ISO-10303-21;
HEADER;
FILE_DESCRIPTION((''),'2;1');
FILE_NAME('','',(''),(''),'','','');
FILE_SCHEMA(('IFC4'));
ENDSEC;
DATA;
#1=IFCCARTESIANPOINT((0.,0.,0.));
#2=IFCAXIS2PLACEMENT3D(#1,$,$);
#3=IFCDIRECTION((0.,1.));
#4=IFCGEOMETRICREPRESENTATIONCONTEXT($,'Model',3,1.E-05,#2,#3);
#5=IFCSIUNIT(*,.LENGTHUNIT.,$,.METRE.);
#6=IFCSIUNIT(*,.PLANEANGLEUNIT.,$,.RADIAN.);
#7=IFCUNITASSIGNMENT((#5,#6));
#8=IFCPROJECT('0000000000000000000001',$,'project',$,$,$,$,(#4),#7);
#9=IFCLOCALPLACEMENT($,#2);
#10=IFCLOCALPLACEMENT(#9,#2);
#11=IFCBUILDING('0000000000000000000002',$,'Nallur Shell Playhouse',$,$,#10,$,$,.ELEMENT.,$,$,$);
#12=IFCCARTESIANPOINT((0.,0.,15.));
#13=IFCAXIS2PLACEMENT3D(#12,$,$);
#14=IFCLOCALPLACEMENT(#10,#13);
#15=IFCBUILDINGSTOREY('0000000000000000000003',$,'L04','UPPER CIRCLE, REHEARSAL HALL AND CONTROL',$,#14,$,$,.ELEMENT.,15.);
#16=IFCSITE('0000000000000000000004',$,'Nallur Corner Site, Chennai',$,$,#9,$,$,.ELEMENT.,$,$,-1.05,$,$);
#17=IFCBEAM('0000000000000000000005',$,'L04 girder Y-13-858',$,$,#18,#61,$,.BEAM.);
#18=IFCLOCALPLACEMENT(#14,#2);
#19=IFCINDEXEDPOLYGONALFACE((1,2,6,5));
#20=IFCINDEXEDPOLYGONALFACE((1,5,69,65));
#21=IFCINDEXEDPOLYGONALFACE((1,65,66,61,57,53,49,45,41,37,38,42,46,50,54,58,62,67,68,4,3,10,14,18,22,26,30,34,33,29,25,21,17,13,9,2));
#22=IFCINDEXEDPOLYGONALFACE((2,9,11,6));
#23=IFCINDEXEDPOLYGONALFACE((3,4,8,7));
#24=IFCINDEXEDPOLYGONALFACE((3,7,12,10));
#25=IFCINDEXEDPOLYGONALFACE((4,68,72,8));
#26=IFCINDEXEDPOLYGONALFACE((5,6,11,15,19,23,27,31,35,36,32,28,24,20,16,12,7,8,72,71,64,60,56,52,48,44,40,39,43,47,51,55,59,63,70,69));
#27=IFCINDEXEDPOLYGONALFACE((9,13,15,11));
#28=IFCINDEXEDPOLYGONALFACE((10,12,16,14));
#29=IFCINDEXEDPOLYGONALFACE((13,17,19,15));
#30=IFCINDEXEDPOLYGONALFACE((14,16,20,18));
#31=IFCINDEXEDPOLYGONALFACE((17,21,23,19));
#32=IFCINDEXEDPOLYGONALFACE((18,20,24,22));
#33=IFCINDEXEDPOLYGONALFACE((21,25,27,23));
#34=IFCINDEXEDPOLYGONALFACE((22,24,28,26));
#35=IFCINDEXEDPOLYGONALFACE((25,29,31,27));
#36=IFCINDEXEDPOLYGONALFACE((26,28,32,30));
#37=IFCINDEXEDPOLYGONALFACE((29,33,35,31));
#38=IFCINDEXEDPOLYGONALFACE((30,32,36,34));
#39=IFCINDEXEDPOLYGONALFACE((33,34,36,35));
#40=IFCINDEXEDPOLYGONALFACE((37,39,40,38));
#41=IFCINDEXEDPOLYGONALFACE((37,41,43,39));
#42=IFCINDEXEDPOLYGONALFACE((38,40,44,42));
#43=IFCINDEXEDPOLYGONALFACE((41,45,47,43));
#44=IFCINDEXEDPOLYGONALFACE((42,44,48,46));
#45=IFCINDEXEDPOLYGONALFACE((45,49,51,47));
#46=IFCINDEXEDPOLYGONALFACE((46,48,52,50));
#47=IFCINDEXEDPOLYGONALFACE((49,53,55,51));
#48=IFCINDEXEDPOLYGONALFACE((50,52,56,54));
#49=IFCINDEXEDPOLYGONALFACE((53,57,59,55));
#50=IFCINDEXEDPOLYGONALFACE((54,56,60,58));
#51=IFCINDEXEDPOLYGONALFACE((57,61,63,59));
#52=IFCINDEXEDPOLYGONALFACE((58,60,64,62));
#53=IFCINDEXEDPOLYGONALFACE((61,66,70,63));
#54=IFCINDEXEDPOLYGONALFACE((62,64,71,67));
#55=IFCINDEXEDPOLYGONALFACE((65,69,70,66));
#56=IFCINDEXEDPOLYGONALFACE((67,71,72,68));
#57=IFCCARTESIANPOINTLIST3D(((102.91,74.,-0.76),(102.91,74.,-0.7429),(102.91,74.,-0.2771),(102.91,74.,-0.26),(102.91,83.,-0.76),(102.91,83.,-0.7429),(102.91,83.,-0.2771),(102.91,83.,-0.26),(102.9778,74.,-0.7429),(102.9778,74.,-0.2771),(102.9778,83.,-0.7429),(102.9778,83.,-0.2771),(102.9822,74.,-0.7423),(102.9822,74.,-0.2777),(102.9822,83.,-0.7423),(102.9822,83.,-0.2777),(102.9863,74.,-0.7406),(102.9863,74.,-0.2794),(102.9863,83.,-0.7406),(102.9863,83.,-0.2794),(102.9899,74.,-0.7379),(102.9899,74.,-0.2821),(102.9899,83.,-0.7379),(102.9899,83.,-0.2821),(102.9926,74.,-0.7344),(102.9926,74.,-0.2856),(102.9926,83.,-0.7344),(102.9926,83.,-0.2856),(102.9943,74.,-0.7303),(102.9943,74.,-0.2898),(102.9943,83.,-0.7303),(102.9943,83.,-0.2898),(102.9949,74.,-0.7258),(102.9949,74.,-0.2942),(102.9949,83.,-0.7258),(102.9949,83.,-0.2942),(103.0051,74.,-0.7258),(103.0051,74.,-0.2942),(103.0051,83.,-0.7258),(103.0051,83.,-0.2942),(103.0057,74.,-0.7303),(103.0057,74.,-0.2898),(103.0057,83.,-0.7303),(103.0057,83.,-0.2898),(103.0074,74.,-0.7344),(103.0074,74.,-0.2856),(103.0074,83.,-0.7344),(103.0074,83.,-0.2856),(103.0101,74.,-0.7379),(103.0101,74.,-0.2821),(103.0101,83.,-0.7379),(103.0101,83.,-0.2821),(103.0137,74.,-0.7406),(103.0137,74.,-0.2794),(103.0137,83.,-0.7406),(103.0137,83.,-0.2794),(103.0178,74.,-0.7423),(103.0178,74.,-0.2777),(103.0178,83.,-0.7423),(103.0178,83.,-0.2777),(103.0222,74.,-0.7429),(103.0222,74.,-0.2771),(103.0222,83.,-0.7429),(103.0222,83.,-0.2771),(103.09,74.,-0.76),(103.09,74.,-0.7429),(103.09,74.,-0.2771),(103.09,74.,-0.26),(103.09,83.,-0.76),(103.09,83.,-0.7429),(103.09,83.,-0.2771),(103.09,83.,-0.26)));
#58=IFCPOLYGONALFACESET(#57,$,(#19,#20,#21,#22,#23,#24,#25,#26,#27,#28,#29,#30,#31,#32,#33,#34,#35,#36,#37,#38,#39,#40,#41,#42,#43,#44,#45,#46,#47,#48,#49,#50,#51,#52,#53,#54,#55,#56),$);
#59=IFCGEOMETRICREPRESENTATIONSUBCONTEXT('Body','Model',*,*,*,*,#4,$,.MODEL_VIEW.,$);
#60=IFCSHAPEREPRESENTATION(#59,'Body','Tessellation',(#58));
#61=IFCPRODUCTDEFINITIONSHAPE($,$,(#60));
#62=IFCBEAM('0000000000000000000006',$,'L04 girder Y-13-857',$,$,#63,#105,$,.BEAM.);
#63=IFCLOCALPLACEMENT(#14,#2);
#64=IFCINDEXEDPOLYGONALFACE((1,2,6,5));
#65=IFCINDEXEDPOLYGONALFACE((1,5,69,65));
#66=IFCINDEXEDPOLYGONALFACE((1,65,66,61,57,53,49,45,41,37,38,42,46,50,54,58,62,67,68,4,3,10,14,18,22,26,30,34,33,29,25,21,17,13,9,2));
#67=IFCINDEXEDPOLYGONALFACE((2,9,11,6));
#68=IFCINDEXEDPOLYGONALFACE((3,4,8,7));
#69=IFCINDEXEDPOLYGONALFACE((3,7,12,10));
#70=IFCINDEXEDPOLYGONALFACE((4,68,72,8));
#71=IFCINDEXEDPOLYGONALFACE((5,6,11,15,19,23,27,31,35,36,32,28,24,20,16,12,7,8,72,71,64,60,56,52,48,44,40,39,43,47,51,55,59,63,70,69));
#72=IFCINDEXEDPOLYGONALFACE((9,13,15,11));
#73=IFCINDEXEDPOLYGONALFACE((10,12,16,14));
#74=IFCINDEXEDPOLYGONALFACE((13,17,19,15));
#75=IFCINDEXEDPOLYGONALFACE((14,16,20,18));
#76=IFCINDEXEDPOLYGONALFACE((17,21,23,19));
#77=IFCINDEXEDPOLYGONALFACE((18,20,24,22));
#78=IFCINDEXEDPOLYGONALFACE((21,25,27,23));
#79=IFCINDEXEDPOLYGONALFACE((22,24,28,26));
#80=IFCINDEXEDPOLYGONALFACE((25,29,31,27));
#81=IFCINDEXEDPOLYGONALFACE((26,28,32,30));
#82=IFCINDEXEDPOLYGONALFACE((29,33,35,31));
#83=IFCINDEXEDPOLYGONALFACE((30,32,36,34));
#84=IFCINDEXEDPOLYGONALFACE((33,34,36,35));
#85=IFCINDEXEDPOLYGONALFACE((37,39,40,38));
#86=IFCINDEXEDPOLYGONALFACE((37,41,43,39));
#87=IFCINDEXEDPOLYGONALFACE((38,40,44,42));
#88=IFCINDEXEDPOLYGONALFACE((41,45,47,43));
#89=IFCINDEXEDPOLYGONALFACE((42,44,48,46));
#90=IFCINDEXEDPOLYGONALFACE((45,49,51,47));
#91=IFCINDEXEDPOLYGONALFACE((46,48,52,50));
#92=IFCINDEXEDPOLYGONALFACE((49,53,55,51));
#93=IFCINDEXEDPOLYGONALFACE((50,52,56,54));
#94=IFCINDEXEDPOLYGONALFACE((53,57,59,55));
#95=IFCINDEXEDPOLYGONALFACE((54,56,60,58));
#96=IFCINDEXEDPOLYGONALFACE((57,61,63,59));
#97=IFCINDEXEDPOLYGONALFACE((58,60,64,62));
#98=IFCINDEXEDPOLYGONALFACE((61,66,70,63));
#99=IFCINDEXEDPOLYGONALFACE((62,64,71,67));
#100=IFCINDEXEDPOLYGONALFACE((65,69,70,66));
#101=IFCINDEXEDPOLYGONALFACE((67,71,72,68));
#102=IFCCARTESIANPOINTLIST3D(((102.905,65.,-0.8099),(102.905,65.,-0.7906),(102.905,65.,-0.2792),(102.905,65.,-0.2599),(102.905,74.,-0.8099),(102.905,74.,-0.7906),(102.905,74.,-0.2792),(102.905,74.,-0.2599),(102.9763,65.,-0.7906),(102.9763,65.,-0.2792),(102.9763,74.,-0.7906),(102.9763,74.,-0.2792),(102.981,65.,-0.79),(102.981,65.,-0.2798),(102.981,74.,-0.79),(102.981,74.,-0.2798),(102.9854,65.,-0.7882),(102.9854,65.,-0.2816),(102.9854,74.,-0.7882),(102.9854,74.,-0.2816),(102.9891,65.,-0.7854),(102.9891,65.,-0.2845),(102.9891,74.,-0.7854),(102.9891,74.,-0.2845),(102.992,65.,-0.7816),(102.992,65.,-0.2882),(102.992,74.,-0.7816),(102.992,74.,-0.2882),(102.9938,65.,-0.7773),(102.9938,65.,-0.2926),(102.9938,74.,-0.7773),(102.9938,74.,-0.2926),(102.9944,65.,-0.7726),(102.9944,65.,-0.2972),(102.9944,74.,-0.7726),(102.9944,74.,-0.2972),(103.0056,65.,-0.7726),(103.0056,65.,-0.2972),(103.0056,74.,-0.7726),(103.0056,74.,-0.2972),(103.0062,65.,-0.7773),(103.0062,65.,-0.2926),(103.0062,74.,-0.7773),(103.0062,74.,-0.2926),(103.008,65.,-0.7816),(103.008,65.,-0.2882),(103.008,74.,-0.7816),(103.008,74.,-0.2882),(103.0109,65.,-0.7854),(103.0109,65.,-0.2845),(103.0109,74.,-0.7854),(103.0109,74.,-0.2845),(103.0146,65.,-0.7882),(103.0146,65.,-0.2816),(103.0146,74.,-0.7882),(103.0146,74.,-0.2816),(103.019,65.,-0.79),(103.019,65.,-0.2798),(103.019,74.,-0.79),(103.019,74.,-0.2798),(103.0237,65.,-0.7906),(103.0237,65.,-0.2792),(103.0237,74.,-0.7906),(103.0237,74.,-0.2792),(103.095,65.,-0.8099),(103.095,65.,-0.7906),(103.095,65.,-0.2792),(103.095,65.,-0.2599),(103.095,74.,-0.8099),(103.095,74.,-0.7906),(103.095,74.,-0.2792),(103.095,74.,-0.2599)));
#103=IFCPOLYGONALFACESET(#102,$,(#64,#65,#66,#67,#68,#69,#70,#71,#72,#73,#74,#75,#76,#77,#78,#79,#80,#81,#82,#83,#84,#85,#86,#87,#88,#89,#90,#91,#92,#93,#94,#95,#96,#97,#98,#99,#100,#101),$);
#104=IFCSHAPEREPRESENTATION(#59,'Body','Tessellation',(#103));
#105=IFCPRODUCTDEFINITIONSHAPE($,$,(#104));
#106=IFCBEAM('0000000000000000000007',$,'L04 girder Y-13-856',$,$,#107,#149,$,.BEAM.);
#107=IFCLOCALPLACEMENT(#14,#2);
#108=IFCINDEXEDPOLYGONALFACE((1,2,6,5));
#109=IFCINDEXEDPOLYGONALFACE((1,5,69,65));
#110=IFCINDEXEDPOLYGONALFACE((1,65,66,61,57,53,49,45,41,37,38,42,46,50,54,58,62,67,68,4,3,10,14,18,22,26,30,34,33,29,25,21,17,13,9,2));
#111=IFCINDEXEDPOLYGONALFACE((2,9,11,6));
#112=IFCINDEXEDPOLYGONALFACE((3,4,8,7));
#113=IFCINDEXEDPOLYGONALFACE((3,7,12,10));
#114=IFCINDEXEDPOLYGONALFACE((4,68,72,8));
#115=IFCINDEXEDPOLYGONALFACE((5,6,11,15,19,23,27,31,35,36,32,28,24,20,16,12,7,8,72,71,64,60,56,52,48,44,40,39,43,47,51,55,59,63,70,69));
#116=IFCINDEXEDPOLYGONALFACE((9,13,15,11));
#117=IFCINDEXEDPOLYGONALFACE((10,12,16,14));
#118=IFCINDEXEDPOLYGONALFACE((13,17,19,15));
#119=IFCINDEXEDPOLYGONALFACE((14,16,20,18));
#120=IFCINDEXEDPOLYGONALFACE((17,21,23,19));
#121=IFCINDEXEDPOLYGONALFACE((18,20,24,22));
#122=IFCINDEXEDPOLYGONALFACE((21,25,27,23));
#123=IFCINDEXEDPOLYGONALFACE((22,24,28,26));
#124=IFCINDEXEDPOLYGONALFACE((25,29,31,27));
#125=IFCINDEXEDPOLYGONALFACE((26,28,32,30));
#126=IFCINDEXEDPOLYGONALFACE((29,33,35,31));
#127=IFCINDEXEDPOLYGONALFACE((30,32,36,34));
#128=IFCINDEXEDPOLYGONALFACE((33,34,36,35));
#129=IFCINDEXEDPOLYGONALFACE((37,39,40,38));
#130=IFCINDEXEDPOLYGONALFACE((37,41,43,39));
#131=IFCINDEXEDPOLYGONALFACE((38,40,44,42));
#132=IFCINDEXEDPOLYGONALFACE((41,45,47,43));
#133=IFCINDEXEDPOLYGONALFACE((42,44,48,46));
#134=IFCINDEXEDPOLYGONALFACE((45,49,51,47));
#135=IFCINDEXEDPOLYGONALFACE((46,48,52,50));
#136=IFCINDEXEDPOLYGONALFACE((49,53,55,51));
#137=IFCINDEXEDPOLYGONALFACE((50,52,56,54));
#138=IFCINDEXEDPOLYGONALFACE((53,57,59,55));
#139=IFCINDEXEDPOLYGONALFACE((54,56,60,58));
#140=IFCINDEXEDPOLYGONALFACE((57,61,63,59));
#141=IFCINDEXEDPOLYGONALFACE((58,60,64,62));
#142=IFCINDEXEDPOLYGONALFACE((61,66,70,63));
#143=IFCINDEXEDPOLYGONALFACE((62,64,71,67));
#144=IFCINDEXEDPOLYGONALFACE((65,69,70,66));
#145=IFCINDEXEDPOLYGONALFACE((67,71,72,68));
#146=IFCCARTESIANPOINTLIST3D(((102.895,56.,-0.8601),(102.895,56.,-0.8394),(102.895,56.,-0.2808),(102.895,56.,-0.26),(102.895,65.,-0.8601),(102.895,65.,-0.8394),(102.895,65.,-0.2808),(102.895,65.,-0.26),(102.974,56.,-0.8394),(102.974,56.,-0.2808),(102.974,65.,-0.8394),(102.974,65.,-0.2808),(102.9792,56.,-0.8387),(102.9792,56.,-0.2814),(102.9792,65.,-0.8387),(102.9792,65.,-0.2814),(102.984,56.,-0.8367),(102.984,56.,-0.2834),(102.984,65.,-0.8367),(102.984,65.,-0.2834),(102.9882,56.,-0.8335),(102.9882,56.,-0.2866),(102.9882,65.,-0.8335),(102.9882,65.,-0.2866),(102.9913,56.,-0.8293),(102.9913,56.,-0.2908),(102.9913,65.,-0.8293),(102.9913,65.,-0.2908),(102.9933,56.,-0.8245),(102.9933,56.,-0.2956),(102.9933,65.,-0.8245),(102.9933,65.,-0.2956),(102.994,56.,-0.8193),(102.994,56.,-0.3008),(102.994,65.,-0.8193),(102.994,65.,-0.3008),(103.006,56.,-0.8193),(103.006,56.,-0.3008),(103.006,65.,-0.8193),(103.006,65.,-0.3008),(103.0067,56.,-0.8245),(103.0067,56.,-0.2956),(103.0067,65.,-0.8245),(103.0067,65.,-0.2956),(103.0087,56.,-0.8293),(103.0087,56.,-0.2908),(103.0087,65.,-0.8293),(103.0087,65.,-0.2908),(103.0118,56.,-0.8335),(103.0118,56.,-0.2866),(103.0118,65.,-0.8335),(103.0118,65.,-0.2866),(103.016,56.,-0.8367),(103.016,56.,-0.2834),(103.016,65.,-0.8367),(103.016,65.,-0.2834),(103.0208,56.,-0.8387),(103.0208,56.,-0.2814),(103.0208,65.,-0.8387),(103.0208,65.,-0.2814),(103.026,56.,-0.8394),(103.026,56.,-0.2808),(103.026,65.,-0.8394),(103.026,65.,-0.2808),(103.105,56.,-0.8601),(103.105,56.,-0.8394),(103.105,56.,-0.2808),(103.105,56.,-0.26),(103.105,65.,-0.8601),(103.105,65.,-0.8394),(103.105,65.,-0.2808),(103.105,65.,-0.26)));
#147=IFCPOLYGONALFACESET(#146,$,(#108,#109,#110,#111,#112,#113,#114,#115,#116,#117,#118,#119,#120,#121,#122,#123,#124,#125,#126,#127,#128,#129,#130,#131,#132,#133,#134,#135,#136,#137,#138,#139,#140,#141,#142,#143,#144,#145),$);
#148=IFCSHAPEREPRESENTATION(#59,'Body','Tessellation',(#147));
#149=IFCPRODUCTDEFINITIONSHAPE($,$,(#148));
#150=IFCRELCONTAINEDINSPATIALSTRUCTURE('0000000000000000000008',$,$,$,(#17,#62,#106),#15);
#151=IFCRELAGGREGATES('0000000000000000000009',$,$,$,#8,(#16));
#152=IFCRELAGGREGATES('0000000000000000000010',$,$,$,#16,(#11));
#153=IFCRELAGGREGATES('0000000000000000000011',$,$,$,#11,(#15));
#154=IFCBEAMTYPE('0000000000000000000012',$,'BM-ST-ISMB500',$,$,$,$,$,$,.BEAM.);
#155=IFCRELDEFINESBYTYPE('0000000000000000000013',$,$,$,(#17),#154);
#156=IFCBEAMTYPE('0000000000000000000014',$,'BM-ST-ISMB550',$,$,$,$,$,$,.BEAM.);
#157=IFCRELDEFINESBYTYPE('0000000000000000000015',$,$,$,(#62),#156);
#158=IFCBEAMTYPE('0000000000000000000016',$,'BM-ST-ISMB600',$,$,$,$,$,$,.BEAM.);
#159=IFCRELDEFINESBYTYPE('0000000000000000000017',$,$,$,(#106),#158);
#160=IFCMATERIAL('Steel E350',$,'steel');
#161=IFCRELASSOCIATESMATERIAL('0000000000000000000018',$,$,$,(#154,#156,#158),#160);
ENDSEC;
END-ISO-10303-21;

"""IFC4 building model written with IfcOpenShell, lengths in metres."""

from ifc_helpers import new_model, si_unit, direction, frame, origin, origin_2d, place, context, subcontext, project, spatial, i_section, extrude, material, material_profile, profile_set, type_object, element, save


model = new_model("IFC4")

# Units and contexts
model_context = context("Model", 3, precision=1e-05, world=origin(), true_north=direction((0.0, 1.0)))
body_context = subcontext(model_context, "Body", "Model", "MODEL_VIEW")
ifc_project = project(units=[si_unit("LENGTHUNIT", "METRE"), si_unit("PLANEANGLEUNIT", "RADIAN")], contexts=[model_context])

# Site, building, storey
site_placement = place(None, origin())
site = spatial("IfcSite", under=ifc_project, at=site_placement, Name="Nallur Corner Site, Chennai", CompositionType="ELEMENT", RefElevation=-1.05)
building_placement = place(site_placement, origin())
building = spatial("IfcBuilding", under=site, at=building_placement, Name="Nallur Shell Playhouse", CompositionType="ELEMENT")
storey_placement = place(building_placement, frame((0.0, 0.0, 15.0)))
storey = spatial("IfcBuildingStorey", under=building, at=storey_placement, Name="L04", Description="UPPER CIRCLE, REHEARSAL HALL AND CONTROL", CompositionType="ELEMENT", Elevation=15.0)

# Shared definitions
ifc_material_1 = material(Name="Steel E350", Category="steel")

# Beams
ifc_material_profile_1 = material_profile(ifc_material_1, i_section(OverallWidth=0.1799, OverallDepth=0.5, WebThickness=0.0103, FlangeThickness=0.0171, FilletRadius=0.0171, at=origin_2d()), Name="ISMB 500")
ifc_profile_set_1 = profile_set([ifc_material_profile_1], Name="Steel E350")
beam_type_1 = type_object("IfcBeamType", Name="BM-ST-ISMB500", PredefinedType="BEAM", material=ifc_profile_set_1)
beam_1_placement = place(storey_placement, frame((103.0, 74.0, -0.51), z_axis=(0.0, 1.0, 0.0), x_axis=(-1.0, 0.0, 0.0)))
element("IfcBeam", 1, at=beam_1_placement, inside=storey, type_object=beam_type_1, Name="L04 girder Y-13-858", PredefinedType="BEAM", context=body_context, shape_type="SweptSolid", body=[
    extrude(i_section(OverallWidth=0.1799, OverallDepth=0.5, WebThickness=0.0103, FlangeThickness=0.0171, FilletRadius=0.0171, at=origin_2d()), origin(), (0.0, 0.0, 1.0), 9.0),
])
ifc_material_profile_2 = material_profile(ifc_material_1, i_section(OverallWidth=0.1899, OverallDepth=0.55, WebThickness=0.0112, FlangeThickness=0.0193, FilletRadius=0.0181, at=origin_2d()), Name="ISMB 550")
ifc_profile_set_2 = profile_set([ifc_material_profile_2], Name="Steel E350")
beam_type_2 = type_object("IfcBeamType", Name="BM-ST-ISMB550", PredefinedType="BEAM", material=ifc_profile_set_2)
beam_2_placement = place(storey_placement, frame((103.0, 65.0, -0.5349), z_axis=(0.0, 1.0, 0.0), x_axis=(-1.0, 0.0, 0.0)))
element("IfcBeam", 2, at=beam_2_placement, inside=storey, type_object=beam_type_2, Name="L04 girder Y-13-857", PredefinedType="BEAM", context=body_context, shape_type="SweptSolid", body=[
    extrude(i_section(OverallWidth=0.1899, OverallDepth=0.55, WebThickness=0.0112, FlangeThickness=0.0193, FilletRadius=0.0181, at=origin_2d()), origin(), (0.0, 0.0, 1.0), 9.0),
])
ifc_material_profile_3 = material_profile(ifc_material_1, i_section(OverallWidth=0.21, OverallDepth=0.6001, WebThickness=0.012, FlangeThickness=0.0208, FilletRadius=0.02, at=origin_2d()), Name="ISMB 600")
ifc_profile_set_3 = profile_set([ifc_material_profile_3], Name="Steel E350")
beam_type_3 = type_object("IfcBeamType", Name="BM-ST-ISMB600", PredefinedType="BEAM", material=ifc_profile_set_3)
beam_3_placement = place(storey_placement, frame((103.0, 56.0, -0.5601), z_axis=(0.0, 1.0, 0.0), x_axis=(-1.0, 0.0, 0.0)))
element("IfcBeam", 3, at=beam_3_placement, inside=storey, type_object=beam_type_3, Name="L04 girder Y-13-856", PredefinedType="BEAM", context=body_context, shape_type="SweptSolid", body=[
    extrude(i_section(OverallWidth=0.21, OverallDepth=0.6001, WebThickness=0.012, FlangeThickness=0.0208, FilletRadius=0.02, at=origin_2d()), origin(), (0.0, 0.0, 1.0), 9.0),
])

save(model, "model.ifc")
